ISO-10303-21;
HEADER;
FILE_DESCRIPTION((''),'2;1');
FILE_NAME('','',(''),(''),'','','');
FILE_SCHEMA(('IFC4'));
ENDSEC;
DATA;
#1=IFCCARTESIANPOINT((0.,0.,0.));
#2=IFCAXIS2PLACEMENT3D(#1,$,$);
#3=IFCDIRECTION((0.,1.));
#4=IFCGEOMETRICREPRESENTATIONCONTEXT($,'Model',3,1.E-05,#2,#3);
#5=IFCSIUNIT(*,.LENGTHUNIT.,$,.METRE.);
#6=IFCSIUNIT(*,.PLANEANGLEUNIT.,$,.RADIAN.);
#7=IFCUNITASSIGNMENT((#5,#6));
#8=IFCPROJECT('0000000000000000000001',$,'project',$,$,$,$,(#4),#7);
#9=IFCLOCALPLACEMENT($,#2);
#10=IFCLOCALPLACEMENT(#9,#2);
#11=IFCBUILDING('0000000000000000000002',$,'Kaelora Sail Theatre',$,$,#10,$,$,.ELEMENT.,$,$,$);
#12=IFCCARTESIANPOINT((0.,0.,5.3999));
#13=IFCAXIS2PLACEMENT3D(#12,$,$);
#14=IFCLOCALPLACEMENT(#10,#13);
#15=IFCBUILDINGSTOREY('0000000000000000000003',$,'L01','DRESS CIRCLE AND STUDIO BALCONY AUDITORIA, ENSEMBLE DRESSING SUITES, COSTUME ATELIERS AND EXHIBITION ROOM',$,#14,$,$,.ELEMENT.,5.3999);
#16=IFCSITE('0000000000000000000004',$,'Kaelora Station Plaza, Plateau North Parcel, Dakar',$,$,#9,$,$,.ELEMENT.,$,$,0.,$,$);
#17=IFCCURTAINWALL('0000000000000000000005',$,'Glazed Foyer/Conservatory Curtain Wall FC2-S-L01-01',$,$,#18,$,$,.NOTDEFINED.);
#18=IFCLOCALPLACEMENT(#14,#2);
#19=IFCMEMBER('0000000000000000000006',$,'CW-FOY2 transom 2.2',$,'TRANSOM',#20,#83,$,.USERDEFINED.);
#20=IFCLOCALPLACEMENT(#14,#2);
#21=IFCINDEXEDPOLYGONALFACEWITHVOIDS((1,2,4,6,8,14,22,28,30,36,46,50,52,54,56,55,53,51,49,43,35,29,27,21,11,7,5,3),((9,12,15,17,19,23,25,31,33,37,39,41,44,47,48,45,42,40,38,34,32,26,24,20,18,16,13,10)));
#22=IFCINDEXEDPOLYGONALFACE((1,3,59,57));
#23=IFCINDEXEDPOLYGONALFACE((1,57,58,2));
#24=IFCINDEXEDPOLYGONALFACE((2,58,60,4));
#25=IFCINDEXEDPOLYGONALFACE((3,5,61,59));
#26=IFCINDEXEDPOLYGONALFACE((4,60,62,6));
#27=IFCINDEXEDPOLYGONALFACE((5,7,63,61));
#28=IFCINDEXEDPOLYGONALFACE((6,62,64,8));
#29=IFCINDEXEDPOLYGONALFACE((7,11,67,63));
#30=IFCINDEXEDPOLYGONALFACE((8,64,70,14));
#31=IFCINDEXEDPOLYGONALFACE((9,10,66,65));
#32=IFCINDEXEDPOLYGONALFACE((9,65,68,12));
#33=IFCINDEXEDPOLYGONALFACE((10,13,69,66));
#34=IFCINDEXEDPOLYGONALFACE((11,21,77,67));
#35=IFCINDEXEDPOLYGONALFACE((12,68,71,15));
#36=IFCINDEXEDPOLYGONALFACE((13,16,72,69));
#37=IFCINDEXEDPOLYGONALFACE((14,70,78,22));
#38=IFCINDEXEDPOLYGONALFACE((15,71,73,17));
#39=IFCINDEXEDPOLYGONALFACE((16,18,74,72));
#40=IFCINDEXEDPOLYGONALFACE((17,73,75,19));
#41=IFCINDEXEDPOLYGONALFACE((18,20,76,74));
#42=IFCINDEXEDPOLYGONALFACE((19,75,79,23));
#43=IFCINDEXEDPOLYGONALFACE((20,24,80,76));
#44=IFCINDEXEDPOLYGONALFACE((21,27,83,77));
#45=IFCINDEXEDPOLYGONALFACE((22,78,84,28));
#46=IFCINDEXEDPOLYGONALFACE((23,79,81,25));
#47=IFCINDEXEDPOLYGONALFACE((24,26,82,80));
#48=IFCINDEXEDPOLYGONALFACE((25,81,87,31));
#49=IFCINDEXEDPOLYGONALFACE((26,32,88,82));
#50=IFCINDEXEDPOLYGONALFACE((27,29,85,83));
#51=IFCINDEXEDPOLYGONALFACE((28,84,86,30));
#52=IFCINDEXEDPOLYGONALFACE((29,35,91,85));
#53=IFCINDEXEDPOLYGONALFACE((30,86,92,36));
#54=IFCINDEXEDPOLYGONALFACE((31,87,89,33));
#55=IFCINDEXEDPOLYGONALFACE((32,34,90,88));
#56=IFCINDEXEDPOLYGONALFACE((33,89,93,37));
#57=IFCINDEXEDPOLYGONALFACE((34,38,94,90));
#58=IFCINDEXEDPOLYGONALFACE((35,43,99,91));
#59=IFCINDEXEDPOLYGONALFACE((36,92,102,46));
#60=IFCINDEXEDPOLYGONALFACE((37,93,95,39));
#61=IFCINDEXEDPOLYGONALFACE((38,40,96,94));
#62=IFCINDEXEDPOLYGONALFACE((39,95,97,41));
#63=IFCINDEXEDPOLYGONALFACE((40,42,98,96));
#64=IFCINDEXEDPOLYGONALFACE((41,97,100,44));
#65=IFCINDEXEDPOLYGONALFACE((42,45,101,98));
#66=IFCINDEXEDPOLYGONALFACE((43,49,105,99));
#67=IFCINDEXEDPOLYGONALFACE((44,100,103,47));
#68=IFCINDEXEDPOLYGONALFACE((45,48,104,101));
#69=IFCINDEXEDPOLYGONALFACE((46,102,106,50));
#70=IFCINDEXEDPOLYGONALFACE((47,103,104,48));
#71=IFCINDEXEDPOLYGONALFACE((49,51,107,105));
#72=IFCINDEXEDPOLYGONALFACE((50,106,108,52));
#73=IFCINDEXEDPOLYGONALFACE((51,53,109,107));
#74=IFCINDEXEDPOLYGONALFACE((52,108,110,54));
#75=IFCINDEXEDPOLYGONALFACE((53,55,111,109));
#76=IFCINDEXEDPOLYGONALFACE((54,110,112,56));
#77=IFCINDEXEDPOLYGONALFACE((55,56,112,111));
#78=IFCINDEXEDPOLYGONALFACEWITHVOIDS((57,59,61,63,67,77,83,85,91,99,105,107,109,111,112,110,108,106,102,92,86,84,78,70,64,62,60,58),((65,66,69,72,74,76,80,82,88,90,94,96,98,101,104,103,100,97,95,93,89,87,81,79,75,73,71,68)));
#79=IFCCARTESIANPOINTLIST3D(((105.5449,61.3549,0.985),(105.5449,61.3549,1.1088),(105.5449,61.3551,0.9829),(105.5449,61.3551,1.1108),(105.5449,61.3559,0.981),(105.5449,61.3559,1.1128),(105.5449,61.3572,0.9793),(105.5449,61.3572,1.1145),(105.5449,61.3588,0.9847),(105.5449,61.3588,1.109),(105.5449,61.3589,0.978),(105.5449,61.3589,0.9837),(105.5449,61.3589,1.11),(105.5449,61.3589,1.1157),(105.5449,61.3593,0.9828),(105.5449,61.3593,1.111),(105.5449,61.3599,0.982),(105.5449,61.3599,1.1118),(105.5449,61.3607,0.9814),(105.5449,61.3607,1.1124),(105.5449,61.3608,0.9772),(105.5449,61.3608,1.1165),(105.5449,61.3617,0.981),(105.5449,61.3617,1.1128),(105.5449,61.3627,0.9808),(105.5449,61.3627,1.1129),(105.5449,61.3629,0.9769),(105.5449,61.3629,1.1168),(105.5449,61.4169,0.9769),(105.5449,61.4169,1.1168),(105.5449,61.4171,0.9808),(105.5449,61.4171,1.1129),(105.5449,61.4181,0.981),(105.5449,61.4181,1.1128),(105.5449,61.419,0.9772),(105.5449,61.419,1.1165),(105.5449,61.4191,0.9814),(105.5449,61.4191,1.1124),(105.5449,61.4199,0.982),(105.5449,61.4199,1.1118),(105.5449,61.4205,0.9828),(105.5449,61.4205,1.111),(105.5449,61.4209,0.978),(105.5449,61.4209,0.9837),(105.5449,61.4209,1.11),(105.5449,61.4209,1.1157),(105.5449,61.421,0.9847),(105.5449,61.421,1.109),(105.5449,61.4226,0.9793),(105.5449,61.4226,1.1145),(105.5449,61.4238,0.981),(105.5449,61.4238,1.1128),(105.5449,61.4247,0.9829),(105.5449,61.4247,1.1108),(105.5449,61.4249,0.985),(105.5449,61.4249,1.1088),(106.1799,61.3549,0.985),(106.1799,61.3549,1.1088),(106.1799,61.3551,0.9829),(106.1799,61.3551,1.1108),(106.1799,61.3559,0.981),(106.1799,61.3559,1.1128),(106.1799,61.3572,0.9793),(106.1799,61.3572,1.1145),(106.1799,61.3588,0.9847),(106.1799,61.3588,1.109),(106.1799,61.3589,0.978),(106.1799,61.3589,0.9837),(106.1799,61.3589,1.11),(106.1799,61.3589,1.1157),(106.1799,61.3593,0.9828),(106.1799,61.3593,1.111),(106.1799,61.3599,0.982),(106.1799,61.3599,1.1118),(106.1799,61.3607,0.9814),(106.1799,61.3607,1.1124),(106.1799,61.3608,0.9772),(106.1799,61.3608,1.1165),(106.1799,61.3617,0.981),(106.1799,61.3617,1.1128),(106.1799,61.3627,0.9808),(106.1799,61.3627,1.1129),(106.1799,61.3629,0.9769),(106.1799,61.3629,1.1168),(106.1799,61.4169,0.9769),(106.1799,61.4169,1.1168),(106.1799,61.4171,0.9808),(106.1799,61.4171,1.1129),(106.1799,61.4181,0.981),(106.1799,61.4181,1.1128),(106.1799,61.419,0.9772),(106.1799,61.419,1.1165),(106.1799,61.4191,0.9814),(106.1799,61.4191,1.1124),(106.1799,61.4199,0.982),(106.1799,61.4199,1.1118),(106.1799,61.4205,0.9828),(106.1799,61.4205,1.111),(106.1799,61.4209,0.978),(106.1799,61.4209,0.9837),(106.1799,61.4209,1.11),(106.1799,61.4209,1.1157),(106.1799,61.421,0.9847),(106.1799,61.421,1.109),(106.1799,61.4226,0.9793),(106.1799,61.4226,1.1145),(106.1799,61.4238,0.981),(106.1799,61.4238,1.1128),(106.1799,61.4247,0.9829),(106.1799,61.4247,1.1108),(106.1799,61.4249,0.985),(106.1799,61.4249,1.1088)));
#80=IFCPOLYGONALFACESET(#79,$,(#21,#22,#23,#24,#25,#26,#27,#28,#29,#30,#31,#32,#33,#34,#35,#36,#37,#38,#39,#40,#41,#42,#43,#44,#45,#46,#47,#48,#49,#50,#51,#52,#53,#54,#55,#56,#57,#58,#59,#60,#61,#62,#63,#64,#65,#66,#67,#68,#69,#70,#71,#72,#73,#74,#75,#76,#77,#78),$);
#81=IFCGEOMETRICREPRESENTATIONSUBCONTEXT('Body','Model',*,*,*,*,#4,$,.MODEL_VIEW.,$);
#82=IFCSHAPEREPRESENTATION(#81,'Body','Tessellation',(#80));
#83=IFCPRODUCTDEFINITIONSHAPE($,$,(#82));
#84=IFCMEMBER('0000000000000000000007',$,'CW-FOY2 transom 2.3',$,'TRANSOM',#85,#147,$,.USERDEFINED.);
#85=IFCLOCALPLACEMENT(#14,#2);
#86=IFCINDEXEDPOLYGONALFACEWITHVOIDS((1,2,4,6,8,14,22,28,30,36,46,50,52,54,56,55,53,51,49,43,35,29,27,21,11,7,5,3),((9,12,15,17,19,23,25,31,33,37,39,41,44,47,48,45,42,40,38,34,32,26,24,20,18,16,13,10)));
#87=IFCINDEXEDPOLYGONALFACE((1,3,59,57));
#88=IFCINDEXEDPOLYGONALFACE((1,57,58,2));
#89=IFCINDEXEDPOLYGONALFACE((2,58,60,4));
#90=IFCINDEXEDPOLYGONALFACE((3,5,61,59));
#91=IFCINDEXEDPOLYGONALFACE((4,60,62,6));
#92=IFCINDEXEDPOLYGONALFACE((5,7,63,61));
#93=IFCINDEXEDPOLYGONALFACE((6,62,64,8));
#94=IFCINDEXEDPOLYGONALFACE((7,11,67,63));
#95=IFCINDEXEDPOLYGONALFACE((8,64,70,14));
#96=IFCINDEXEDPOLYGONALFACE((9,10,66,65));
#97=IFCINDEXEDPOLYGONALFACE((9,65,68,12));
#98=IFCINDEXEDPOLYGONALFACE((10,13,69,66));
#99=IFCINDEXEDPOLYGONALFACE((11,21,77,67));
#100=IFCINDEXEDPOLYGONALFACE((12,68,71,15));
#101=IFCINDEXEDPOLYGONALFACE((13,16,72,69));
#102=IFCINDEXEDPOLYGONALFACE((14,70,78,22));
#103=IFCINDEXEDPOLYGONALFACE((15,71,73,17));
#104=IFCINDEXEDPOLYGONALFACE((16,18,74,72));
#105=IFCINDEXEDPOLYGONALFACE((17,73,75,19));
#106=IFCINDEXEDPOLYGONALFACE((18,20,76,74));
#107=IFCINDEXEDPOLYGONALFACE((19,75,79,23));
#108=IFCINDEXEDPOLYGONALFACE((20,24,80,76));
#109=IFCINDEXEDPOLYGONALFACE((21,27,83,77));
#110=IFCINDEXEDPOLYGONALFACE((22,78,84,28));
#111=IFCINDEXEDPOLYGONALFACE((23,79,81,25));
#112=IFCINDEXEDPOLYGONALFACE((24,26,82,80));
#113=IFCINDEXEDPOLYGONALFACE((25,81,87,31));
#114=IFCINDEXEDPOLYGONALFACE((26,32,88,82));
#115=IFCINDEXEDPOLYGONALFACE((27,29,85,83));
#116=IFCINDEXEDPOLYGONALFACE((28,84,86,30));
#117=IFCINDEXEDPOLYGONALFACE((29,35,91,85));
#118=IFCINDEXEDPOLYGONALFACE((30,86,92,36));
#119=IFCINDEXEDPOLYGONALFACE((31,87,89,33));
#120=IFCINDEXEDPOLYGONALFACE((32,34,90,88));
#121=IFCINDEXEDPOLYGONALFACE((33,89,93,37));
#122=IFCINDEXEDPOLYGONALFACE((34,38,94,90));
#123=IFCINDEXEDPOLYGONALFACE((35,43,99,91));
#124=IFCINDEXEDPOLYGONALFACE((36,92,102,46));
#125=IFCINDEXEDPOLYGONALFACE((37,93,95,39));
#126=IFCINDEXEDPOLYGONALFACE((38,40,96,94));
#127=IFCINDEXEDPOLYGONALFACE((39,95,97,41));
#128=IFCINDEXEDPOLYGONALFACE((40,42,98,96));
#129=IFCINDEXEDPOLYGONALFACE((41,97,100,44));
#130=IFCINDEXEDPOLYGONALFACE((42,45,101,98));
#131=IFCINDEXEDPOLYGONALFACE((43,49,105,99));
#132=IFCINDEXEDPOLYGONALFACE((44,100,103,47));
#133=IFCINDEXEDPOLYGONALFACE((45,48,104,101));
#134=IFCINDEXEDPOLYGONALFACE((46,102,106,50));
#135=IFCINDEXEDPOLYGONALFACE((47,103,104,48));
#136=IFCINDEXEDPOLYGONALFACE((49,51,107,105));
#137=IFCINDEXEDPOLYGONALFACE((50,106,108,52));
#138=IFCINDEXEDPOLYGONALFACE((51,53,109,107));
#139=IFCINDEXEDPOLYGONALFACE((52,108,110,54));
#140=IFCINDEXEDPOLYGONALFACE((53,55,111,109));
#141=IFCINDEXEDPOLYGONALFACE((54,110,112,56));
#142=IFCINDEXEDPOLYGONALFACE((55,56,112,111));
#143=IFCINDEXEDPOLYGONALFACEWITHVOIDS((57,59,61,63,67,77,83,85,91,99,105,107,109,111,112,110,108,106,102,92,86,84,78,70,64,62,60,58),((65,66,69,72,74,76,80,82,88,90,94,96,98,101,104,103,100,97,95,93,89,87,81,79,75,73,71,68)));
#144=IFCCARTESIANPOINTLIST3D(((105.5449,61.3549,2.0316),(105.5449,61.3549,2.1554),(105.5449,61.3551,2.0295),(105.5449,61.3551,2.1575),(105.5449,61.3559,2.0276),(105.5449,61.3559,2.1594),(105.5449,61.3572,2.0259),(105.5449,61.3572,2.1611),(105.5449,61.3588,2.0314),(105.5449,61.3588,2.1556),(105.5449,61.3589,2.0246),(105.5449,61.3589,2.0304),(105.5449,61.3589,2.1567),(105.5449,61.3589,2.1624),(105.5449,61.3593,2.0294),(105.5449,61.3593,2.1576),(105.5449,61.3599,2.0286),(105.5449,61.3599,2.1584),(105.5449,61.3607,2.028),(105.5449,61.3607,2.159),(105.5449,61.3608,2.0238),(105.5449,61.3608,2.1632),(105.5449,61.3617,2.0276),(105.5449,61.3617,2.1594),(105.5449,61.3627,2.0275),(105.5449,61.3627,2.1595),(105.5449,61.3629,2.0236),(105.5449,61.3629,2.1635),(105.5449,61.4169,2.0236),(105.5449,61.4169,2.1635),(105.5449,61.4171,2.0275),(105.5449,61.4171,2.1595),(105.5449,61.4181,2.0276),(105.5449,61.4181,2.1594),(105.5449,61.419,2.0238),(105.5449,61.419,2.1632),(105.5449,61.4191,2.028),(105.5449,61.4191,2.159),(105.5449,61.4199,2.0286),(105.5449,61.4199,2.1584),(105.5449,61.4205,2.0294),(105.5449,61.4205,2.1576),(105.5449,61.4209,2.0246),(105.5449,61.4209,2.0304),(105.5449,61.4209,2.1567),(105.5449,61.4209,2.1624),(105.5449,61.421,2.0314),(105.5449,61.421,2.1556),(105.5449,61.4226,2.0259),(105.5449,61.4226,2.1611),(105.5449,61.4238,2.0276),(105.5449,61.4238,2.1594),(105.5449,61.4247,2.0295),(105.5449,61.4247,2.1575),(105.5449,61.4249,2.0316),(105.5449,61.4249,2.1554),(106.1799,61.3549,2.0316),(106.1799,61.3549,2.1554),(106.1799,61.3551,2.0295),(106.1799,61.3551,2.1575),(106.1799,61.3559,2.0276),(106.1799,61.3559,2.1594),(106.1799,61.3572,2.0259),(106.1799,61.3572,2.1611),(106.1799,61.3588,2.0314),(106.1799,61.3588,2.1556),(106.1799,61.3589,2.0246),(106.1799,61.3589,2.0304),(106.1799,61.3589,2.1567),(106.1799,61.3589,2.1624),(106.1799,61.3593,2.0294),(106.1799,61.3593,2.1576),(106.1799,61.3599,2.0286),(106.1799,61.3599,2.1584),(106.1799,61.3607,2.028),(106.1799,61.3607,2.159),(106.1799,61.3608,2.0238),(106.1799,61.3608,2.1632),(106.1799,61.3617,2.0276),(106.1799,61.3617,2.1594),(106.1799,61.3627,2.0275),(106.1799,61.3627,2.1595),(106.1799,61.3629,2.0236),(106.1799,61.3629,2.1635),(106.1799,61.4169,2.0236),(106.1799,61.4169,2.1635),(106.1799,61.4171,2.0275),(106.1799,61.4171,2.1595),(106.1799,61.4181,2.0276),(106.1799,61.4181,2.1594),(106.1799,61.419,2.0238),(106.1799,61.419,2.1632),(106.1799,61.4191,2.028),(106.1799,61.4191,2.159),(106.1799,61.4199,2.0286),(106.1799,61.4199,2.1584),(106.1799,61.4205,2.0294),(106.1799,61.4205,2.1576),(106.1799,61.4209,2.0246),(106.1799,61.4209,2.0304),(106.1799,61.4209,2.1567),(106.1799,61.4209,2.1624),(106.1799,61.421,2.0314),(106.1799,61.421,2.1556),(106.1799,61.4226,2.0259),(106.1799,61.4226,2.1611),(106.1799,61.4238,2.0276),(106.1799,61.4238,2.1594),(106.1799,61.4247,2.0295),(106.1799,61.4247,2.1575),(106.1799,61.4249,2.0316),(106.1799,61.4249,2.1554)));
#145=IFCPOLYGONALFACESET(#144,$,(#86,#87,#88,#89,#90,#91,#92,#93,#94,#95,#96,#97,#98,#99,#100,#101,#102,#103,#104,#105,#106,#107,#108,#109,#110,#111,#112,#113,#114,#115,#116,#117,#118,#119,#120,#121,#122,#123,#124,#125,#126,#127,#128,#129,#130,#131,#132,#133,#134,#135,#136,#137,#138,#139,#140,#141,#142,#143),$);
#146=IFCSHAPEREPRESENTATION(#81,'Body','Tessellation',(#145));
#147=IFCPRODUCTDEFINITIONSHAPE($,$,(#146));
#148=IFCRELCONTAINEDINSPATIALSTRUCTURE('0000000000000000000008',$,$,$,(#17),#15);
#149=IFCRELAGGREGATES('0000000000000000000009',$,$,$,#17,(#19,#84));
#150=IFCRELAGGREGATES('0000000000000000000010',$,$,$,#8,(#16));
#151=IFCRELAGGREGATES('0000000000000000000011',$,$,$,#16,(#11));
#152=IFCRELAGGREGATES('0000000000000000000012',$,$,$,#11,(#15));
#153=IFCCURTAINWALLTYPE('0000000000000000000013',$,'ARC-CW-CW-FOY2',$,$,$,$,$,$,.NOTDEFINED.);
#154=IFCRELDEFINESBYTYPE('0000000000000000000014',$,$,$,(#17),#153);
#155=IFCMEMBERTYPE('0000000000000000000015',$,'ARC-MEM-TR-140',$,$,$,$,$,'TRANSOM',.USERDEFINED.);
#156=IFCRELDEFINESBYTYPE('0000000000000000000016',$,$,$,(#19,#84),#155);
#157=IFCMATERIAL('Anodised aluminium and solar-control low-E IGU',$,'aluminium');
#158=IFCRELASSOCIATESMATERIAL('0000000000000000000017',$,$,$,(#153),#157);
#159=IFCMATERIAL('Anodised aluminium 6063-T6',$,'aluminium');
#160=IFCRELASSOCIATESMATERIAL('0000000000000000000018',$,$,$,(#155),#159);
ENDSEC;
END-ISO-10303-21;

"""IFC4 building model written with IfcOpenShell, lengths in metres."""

from ifc_helpers import new_model, si_unit, direction, frame, origin, origin_2d, place, context, subcontext, project, spatial, hollow_rectangle, extrude, material, material_profile, profile_set, type_object, element, aggregate, save


model = new_model("IFC4")

# Units and contexts
model_context = context("Model", 3, precision=1e-05, world=origin(), true_north=direction((0.0, 1.0)))
body_context = subcontext(model_context, "Body", "Model", "MODEL_VIEW")
ifc_project = project(units=[si_unit("LENGTHUNIT", "METRE"), si_unit("PLANEANGLEUNIT", "RADIAN")], contexts=[model_context])

# Site, building, storey
site_placement = place(None, origin())
site = spatial("IfcSite", under=ifc_project, at=site_placement, Name="Kaelora Station Plaza, Plateau North Parcel, Dakar", CompositionType="ELEMENT", RefElevation=0.0)
building_placement = place(site_placement, origin())
building = spatial("IfcBuilding", under=site, at=building_placement, Name="Kaelora Sail Theatre", CompositionType="ELEMENT")
storey_placement = place(building_placement, frame((0.0, 0.0, 5.3999)))
storey = spatial("IfcBuildingStorey", under=building, at=storey_placement, Name="L01", Description="DRESS CIRCLE AND STUDIO BALCONY AUDITORIA, ENSEMBLE DRESSING SUITES, COSTUME ATELIERS AND EXHIBITION ROOM", CompositionType="ELEMENT", Elevation=5.3999)

# Curtain wall, members
ifc_material_1 = material(Name="Anodised aluminium and solar-control low-E IGU", Category="aluminium")
curtain_wall_type = type_object("IfcCurtainWallType", Name="ARC-CW-CW-FOY2", PredefinedType="NOTDEFINED", material=ifc_material_1)
curtain_wall_placement = place(storey_placement, origin())
curtain_wall = element("IfcCurtainWall", 1, at=curtain_wall_placement, inside=storey, type_object=curtain_wall_type, Name="Glazed Foyer/Conservatory Curtain Wall FC2-S-L01-01", PredefinedType="NOTDEFINED")
ifc_material_2 = material(Name="Anodised aluminium 6063-T6", Category="aluminium")
ifc_material_profile_1 = material_profile(ifc_material_2, hollow_rectangle(XDim=0.0701, YDim=0.1399, WallThickness=0.0039, InnerFilletRadius=0.0039, OuterFilletRadius=0.0081, at=origin_2d()), Name="ALU-TRAN 70x140x4")
ifc_profile_set_1 = profile_set([ifc_material_profile_1], Name="Anodised aluminium 6063-T6")
member_type_1 = type_object("IfcMemberType", Name="ARC-MEM-TR-140", ElementType="TRANSOM", PredefinedType="USERDEFINED", material=ifc_profile_set_1)
member_1_placement = place(storey_placement, frame((105.5449, 61.3899, 1.0469), z_axis=(1.0, 0.0, 0.0), x_axis=(0.0, 1.0, 0.0)))
member_1 = element("IfcMember", 2, at=member_1_placement, type_object=member_type_1, Name="CW-FOY2 transom 2.2", ObjectType="TRANSOM", PredefinedType="USERDEFINED", context=body_context, shape_type="SweptSolid", body=[
    extrude(hollow_rectangle(XDim=0.0701, YDim=0.1399, WallThickness=0.0039, InnerFilletRadius=0.0039, OuterFilletRadius=0.0081, at=origin_2d()), origin(), (0.0, 0.0, 1.0), 0.635),
])
member_2_placement = place(storey_placement, frame((105.5449, 61.3899, 2.0935), z_axis=(1.0, 0.0, 0.0), x_axis=(0.0, 1.0, 0.0)))
member_2 = element("IfcMember", 3, at=member_2_placement, type_object=member_type_1, Name="CW-FOY2 transom 2.3", ObjectType="TRANSOM", PredefinedType="USERDEFINED", context=body_context, shape_type="SweptSolid", body=[
    extrude(hollow_rectangle(XDim=0.0701, YDim=0.1399, WallThickness=0.0039, InnerFilletRadius=0.0039, OuterFilletRadius=0.0081, at=origin_2d()), origin(), (0.0, 0.0, 1.0), 0.635),
])

aggregate(curtain_wall, [member_1, member_2])

save(model, "model.ifc")
